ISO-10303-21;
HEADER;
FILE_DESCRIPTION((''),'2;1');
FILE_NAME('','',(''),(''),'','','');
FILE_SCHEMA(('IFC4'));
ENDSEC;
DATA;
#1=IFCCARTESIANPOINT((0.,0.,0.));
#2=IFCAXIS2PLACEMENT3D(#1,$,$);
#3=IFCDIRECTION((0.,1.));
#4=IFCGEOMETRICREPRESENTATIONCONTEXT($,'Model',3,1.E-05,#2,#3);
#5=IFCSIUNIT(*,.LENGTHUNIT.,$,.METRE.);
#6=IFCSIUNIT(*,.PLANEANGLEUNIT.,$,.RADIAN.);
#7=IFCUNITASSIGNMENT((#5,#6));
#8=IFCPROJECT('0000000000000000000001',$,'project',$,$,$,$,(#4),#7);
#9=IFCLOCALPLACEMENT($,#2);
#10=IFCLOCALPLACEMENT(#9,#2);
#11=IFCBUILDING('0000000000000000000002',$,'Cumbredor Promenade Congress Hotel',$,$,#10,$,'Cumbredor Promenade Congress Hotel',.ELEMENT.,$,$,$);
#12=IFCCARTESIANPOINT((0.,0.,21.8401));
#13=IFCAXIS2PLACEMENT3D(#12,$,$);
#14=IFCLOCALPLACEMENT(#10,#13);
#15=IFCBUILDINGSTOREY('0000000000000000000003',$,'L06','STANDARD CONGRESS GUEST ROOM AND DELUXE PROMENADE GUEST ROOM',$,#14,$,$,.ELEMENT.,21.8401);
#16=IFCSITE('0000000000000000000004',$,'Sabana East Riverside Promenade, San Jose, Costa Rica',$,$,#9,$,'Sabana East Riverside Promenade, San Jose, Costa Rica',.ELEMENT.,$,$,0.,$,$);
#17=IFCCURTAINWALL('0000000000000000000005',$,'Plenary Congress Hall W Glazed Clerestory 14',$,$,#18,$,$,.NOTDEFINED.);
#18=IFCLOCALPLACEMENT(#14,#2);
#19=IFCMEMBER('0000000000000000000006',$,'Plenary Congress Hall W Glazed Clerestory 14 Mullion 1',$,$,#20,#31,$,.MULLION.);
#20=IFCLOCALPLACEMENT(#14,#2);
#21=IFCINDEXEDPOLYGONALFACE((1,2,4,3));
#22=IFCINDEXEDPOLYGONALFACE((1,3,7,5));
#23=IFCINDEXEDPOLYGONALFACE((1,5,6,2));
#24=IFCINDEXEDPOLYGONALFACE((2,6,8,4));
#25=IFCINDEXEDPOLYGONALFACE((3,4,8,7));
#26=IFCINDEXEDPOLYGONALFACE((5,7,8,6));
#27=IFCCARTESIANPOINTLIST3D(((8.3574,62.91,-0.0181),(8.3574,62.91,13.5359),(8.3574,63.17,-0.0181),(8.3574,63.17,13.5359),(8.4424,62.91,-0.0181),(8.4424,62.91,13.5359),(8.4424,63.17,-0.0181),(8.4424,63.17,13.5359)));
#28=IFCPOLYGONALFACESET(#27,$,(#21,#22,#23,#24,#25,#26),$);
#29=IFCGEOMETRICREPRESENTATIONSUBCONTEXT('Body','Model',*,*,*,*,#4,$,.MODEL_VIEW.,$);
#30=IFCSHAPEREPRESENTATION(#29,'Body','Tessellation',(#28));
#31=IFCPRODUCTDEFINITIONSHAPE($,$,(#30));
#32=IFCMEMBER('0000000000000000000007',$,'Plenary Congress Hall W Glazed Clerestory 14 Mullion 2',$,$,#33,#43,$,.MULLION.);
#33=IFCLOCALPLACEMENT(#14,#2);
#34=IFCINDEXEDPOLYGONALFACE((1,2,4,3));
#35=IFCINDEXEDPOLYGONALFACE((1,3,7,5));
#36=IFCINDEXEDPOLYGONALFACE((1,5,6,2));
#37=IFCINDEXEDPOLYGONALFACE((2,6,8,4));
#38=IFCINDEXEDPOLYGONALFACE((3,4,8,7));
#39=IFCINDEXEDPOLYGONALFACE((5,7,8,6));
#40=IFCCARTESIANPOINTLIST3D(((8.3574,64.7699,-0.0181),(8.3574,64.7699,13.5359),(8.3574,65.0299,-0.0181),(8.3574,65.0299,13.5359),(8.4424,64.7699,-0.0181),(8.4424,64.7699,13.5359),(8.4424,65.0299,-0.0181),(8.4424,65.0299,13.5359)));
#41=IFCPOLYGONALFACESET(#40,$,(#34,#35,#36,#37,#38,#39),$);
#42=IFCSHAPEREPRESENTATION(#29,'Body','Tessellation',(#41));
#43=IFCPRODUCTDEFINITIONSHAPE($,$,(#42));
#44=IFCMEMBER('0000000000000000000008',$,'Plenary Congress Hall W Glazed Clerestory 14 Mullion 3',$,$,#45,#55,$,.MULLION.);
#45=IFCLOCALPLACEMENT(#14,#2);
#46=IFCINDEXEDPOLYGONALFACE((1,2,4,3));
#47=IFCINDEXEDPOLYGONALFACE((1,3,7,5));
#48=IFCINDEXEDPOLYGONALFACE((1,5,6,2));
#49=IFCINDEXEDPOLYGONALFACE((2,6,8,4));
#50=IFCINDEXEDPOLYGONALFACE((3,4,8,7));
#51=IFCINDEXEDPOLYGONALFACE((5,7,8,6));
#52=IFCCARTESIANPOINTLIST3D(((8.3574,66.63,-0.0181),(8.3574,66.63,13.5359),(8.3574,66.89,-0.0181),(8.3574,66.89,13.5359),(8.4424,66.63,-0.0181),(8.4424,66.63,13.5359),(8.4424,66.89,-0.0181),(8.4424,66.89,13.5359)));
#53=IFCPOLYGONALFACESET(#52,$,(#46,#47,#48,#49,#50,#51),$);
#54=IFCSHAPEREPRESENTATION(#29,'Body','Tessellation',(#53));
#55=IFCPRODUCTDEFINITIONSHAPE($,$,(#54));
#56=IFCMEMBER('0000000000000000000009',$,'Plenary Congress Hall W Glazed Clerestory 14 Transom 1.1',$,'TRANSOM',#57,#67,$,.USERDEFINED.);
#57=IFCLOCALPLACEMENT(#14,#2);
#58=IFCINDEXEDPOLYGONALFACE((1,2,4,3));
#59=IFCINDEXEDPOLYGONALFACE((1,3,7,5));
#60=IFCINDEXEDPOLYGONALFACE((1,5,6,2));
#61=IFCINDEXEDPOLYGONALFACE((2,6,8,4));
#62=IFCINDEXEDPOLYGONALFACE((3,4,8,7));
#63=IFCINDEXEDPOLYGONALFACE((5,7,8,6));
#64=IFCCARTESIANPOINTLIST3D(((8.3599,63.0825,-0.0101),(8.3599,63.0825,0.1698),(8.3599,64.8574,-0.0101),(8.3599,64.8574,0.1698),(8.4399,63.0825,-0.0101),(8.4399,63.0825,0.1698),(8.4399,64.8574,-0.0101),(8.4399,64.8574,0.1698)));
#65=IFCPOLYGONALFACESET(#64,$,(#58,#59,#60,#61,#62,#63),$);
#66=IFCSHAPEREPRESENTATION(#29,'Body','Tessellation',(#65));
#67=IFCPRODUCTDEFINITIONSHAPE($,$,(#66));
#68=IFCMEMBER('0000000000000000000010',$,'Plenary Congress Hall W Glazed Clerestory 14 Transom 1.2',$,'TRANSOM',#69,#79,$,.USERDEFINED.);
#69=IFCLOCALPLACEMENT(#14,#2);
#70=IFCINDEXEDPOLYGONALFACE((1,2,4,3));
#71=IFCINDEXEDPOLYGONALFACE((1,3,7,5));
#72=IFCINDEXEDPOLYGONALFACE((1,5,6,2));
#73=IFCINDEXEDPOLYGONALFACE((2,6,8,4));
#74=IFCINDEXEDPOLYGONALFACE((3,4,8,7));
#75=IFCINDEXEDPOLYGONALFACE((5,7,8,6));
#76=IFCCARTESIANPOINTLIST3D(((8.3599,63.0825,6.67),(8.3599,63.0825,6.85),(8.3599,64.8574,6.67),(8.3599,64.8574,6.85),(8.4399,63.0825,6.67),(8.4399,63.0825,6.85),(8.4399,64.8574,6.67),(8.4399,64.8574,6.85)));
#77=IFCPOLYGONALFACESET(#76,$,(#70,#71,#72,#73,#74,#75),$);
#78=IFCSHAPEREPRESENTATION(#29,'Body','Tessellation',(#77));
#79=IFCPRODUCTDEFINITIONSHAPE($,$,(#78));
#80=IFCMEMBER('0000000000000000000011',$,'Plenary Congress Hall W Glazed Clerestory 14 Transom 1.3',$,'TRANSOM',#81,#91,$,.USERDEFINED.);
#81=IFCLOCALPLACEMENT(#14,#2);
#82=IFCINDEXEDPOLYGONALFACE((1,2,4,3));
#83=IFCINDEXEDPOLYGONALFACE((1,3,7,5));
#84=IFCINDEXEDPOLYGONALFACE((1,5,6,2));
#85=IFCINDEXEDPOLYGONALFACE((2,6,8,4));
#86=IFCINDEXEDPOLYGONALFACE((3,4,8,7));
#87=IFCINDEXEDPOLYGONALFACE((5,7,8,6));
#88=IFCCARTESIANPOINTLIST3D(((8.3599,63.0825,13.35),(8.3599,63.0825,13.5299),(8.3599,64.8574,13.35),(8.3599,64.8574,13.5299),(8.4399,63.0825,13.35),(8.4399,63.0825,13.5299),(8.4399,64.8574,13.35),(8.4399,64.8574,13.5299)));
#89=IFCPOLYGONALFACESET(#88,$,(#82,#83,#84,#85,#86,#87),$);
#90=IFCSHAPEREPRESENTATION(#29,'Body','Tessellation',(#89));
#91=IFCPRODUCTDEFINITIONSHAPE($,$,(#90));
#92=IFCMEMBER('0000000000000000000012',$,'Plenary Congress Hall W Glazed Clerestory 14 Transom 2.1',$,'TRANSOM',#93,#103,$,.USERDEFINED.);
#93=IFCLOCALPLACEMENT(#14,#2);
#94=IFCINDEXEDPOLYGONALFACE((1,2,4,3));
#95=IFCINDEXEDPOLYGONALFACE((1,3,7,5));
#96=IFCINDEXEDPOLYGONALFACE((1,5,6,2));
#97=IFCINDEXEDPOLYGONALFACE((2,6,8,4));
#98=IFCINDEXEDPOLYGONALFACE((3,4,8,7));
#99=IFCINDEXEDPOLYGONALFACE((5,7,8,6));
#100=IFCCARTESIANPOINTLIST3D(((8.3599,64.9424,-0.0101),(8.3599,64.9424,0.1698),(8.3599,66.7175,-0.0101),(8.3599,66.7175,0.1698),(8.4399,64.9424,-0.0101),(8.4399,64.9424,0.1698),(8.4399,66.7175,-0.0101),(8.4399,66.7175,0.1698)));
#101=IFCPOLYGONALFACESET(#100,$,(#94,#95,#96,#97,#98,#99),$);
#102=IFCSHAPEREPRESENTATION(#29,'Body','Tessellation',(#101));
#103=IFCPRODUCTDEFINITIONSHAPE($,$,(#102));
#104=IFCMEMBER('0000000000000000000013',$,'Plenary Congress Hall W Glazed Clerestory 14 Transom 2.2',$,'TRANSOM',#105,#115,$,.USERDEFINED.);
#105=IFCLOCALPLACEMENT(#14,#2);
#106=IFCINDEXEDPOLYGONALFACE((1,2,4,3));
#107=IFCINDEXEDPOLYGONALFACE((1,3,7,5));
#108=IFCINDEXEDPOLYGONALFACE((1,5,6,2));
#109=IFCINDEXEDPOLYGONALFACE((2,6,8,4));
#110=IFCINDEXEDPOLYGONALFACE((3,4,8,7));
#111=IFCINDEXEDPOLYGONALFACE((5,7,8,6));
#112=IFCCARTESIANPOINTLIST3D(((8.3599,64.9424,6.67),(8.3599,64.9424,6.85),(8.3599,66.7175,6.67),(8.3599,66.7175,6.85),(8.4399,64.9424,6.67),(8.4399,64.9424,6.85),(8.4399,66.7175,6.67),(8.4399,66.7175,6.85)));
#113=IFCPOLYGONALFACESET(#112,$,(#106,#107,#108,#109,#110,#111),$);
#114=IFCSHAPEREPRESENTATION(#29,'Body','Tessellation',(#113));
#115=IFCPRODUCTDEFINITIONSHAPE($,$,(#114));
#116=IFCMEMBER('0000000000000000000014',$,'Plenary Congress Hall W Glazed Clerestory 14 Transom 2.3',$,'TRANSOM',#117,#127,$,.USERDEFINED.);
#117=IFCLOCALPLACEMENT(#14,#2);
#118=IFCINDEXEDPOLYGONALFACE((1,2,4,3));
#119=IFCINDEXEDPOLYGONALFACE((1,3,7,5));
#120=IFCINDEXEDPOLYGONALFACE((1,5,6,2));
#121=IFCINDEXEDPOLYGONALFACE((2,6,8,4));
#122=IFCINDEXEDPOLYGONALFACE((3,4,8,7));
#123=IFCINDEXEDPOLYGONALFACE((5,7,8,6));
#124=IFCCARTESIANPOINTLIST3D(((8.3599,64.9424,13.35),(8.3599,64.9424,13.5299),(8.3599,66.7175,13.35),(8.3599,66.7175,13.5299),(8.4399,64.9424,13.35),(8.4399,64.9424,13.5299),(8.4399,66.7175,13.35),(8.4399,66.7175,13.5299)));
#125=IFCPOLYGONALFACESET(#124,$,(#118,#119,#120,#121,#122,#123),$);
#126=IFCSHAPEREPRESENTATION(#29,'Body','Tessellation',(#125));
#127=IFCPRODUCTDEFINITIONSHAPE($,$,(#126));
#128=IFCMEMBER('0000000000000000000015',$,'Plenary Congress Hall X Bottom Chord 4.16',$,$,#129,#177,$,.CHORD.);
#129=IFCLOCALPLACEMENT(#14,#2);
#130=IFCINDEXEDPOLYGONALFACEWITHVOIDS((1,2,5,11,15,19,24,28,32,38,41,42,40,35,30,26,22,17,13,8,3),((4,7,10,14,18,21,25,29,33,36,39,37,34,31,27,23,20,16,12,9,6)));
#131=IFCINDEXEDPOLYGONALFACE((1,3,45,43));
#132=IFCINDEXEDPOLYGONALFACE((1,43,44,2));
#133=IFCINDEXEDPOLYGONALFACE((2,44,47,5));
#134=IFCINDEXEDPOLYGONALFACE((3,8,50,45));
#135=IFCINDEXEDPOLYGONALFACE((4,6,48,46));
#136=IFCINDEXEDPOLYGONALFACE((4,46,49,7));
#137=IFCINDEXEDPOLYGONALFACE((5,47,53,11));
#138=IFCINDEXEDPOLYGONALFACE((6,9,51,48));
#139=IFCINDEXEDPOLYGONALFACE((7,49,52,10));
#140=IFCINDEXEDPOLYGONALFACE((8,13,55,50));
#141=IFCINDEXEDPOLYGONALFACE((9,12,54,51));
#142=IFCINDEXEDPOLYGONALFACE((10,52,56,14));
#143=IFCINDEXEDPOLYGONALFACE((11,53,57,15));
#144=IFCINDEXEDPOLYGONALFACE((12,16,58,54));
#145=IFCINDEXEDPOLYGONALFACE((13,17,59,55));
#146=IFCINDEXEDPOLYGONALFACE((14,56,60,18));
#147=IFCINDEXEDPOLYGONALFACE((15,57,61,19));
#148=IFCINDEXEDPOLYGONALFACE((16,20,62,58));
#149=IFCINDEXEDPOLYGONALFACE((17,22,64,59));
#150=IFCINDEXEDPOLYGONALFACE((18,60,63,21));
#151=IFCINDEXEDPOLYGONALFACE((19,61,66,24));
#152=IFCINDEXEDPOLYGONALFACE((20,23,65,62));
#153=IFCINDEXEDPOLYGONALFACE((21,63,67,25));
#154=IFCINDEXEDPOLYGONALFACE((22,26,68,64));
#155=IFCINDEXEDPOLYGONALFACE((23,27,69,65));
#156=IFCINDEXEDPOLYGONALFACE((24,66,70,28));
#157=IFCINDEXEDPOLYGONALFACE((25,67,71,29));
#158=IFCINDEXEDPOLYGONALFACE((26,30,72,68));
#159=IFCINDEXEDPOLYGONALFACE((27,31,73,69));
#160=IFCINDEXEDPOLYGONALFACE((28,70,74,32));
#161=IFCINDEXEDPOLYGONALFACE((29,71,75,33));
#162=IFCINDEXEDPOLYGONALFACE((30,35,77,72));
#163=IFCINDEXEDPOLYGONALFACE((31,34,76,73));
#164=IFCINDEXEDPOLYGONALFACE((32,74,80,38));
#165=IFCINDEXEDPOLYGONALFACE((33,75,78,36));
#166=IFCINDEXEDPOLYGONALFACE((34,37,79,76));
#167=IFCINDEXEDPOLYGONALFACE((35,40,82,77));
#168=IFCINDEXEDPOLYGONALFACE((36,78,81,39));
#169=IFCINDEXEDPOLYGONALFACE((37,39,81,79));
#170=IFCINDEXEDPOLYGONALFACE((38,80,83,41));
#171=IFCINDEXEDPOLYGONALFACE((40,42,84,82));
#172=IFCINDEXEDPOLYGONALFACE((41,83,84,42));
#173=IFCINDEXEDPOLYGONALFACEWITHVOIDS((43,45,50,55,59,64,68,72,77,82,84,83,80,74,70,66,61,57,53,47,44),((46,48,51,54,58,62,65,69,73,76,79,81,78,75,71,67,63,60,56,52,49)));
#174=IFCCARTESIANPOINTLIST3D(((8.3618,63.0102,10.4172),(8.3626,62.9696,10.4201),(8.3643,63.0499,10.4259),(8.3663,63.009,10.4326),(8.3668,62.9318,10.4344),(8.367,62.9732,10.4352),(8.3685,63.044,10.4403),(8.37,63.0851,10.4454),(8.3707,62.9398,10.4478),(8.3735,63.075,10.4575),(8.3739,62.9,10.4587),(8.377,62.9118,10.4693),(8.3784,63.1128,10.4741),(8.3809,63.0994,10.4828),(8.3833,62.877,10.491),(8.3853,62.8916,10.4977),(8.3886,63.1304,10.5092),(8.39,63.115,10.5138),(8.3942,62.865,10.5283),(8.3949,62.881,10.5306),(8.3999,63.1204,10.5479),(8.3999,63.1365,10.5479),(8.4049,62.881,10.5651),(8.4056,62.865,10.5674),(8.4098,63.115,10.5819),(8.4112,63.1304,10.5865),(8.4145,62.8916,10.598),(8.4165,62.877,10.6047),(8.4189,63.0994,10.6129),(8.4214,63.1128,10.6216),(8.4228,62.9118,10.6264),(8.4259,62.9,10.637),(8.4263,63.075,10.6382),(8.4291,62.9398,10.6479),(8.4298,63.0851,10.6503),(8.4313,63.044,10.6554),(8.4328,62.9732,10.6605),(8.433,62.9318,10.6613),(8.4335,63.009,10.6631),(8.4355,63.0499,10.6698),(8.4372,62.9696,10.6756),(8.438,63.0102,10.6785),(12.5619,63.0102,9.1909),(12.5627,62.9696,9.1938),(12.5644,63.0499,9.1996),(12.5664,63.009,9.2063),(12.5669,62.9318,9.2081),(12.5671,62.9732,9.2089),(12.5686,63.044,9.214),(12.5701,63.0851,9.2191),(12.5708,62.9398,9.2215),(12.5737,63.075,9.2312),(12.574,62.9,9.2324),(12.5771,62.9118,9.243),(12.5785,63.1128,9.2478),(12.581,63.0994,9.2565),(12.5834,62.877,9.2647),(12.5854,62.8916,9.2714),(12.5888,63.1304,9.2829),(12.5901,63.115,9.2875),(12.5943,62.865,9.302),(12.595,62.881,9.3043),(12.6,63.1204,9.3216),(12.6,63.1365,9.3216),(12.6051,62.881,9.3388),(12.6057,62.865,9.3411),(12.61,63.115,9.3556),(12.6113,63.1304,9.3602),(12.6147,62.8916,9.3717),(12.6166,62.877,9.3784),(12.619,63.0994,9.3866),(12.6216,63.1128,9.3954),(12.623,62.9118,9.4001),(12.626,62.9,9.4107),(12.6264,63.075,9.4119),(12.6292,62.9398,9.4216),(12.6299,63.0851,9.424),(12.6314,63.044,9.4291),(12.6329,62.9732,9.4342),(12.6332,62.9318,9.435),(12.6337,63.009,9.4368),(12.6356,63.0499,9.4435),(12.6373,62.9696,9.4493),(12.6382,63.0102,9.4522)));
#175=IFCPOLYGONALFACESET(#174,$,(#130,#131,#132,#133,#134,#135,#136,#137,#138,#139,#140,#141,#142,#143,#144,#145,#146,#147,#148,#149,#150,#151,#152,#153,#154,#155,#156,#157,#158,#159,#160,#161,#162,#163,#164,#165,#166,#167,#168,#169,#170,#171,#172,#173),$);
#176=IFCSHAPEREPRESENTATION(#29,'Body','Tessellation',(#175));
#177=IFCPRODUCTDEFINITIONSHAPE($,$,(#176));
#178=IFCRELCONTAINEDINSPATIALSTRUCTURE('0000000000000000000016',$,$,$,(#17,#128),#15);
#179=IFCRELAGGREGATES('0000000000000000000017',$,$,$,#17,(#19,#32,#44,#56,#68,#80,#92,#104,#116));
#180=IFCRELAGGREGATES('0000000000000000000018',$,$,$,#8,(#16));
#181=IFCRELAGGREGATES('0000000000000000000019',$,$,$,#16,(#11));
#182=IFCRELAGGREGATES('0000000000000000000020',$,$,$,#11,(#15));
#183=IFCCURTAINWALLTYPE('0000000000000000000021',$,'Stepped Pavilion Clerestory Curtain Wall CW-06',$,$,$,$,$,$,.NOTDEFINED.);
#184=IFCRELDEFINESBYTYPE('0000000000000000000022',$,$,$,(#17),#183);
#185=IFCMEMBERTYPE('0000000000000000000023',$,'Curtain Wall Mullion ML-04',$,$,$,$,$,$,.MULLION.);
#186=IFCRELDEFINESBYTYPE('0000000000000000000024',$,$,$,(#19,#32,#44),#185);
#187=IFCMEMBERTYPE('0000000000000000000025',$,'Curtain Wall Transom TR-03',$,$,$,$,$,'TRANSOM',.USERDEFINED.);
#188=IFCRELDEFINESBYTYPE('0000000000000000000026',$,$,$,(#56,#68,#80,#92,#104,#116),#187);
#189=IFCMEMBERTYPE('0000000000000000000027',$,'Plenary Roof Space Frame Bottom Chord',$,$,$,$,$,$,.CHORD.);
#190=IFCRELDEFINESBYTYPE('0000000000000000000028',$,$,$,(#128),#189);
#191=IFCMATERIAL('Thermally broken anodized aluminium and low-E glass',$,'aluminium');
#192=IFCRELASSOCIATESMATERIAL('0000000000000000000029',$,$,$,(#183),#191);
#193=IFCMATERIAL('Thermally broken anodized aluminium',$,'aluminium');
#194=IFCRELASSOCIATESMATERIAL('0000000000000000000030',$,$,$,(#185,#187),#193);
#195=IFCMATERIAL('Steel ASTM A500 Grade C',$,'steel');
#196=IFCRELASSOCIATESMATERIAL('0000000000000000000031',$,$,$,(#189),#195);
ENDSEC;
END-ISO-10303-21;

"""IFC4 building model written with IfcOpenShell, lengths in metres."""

from ifc_helpers import new_model, si_unit, direction, frame, origin, origin_2d, place, context, subcontext, project, spatial, rectangle, hollow_circle, extrude, material, material_profile, profile_set, type_object, element, aggregate, save


model = new_model("IFC4")

# Units and contexts
model_context = context("Model", 3, precision=1e-05, world=origin(), true_north=direction((0.0, 1.0)))
body_context = subcontext(model_context, "Body", "Model", "MODEL_VIEW")
ifc_project = project(units=[si_unit("LENGTHUNIT", "METRE"), si_unit("PLANEANGLEUNIT", "RADIAN")], contexts=[model_context])

# Site, building, storey
site_placement = place(None, origin())
site = spatial("IfcSite", under=ifc_project, at=site_placement, Name="Sabana East Riverside Promenade, San Jose, Costa Rica", LongName="Sabana East Riverside Promenade, San Jose, Costa Rica", CompositionType="ELEMENT", RefElevation=0.0)
building_placement = place(site_placement, origin())
building = spatial("IfcBuilding", under=site, at=building_placement, Name="Cumbredor Promenade Congress Hotel", LongName="Cumbredor Promenade Congress Hotel", CompositionType="ELEMENT")
storey_placement = place(building_placement, frame((0.0, 0.0, 21.8401)))
storey = spatial("IfcBuildingStorey", under=building, at=storey_placement, Name="L06", Description="STANDARD CONGRESS GUEST ROOM AND DELUXE PROMENADE GUEST ROOM", CompositionType="ELEMENT", Elevation=21.8401)

# Curtain wall, members
ifc_material_1 = material(Name="Thermally broken anodized aluminium and low-E glass", Category="aluminium")
curtain_wall_type = type_object("IfcCurtainWallType", Name="Stepped Pavilion Clerestory Curtain Wall CW-06", PredefinedType="NOTDEFINED", material=ifc_material_1)
curtain_wall_placement = place(storey_placement, origin())
curtain_wall = element("IfcCurtainWall", 1, at=curtain_wall_placement, inside=storey, type_object=curtain_wall_type, Name="Plenary Congress Hall W Glazed Clerestory 14", PredefinedType="NOTDEFINED")
ifc_material_2 = material(Name="Thermally broken anodized aluminium", Category="aluminium")
ifc_material_profile_1 = material_profile(ifc_material_2, rectangle(XDim=0.085, YDim=0.26, at=origin_2d()), Name="ALU MULLION CLERESTORY 85x260")
ifc_profile_set_1 = profile_set([ifc_material_profile_1], Name="Thermally broken anodized aluminium")
member_type_1 = type_object("IfcMemberType", Name="Curtain Wall Mullion ML-04", PredefinedType="MULLION", material=ifc_profile_set_1)
member_1_placement = place(storey_placement, frame((8.3999, 63.04, -0.0181), z_axis=(0.0, 0.0, 1.0), x_axis=(1.0, 0.0, 0.0)))
member_1 = element("IfcMember", 2, at=member_1_placement, type_object=member_type_1, Name="Plenary Congress Hall W Glazed Clerestory 14 Mullion 1", PredefinedType="MULLION", context=body_context, shape_type="SweptSolid", body=[
    extrude(rectangle(XDim=0.085, YDim=0.26, at=origin_2d()), origin(), (0.0, 0.0, 1.0), 13.554),
])
member_2_placement = place(storey_placement, frame((8.3999, 64.8999, -0.0181), z_axis=(0.0, 0.0, 1.0), x_axis=(1.0, 0.0, 0.0)))
member_2 = element("IfcMember", 3, at=member_2_placement, type_object=member_type_1, Name="Plenary Congress Hall W Glazed Clerestory 14 Mullion 2", PredefinedType="MULLION", context=body_context, shape_type="SweptSolid", body=[
    extrude(rectangle(XDim=0.085, YDim=0.26, at=origin_2d()), origin(), (0.0, 0.0, 1.0), 13.554),
])
member_3_placement = place(storey_placement, frame((8.3999, 66.76, -0.0181), z_axis=(0.0, 0.0, 1.0), x_axis=(1.0, 0.0, 0.0)))
member_3 = element("IfcMember", 4, at=member_3_placement, type_object=member_type_1, Name="Plenary Congress Hall W Glazed Clerestory 14 Mullion 3", PredefinedType="MULLION", context=body_context, shape_type="SweptSolid", body=[
    extrude(rectangle(XDim=0.085, YDim=0.26, at=origin_2d()), origin(), (0.0, 0.0, 1.0), 13.554),
])
ifc_material_profile_2 = material_profile(ifc_material_2, rectangle(XDim=0.0801, YDim=0.1799, at=origin_2d()), Name="ALU TRANSOM 80x180")
ifc_profile_set_2 = profile_set([ifc_material_profile_2], Name="Thermally broken anodized aluminium")
member_type_2 = type_object("IfcMemberType", Name="Curtain Wall Transom TR-03", ElementType="TRANSOM", PredefinedType="USERDEFINED", material=ifc_profile_set_2)
member_4_placement = place(storey_placement, frame((8.3999, 63.0825, 0.0798), z_axis=(0.0, 1.0, 0.0), x_axis=(-1.0, 0.0, 0.0)))
member_4 = element("IfcMember", 5, at=member_4_placement, type_object=member_type_2, Name="Plenary Congress Hall W Glazed Clerestory 14 Transom 1.1", ObjectType="TRANSOM", PredefinedType="USERDEFINED", context=body_context, shape_type="SweptSolid", body=[
    extrude(rectangle(XDim=0.0801, YDim=0.1799, at=origin_2d()), origin(), (0.0, 0.0, 1.0), 1.7749),
])
member_5_placement = place(storey_placement, frame((8.3999, 63.0825, 6.76), z_axis=(0.0, 1.0, 0.0), x_axis=(-1.0, 0.0, 0.0)))
member_5 = element("IfcMember", 6, at=member_5_placement, type_object=member_type_2, Name="Plenary Congress Hall W Glazed Clerestory 14 Transom 1.2", ObjectType="TRANSOM", PredefinedType="USERDEFINED", context=body_context, shape_type="SweptSolid", body=[
    extrude(rectangle(XDim=0.0801, YDim=0.1799, at=origin_2d()), origin(), (0.0, 0.0, 1.0), 1.7749),
])
member_6_placement = place(storey_placement, frame((8.3999, 63.0825, 13.4399), z_axis=(0.0, 1.0, 0.0), x_axis=(-1.0, 0.0, 0.0)))
member_6 = element("IfcMember", 7, at=member_6_placement, type_object=member_type_2, Name="Plenary Congress Hall W Glazed Clerestory 14 Transom 1.3", ObjectType="TRANSOM", PredefinedType="USERDEFINED", context=body_context, shape_type="SweptSolid", body=[
    extrude(rectangle(XDim=0.0801, YDim=0.1799, at=origin_2d()), origin(), (0.0, 0.0, 1.0), 1.7749),
])
member_7_placement = place(storey_placement, frame((8.3999, 64.9424, 0.0798), z_axis=(0.0, 1.0, 0.0), x_axis=(-1.0, 0.0, 0.0)))
member_7 = element("IfcMember", 8, at=member_7_placement, type_object=member_type_2, Name="Plenary Congress Hall W Glazed Clerestory 14 Transom 2.1", ObjectType="TRANSOM", PredefinedType="USERDEFINED", context=body_context, shape_type="SweptSolid", body=[
    extrude(rectangle(XDim=0.0801, YDim=0.1799, at=origin_2d()), origin(), (0.0, 0.0, 1.0), 1.7751),
])
member_8_placement = place(storey_placement, frame((8.3999, 64.9424, 6.76), z_axis=(0.0, 1.0, 0.0), x_axis=(-1.0, 0.0, 0.0)))
member_8 = element("IfcMember", 9, at=member_8_placement, type_object=member_type_2, Name="Plenary Congress Hall W Glazed Clerestory 14 Transom 2.2", ObjectType="TRANSOM", PredefinedType="USERDEFINED", context=body_context, shape_type="SweptSolid", body=[
    extrude(rectangle(XDim=0.0801, YDim=0.1799, at=origin_2d()), origin(), (0.0, 0.0, 1.0), 1.7751),
])
member_9_placement = place(storey_placement, frame((8.3999, 64.9424, 13.4399), z_axis=(0.0, 1.0, 0.0), x_axis=(-1.0, 0.0, 0.0)))
member_9 = element("IfcMember", 10, at=member_9_placement, type_object=member_type_2, Name="Plenary Congress Hall W Glazed Clerestory 14 Transom 2.3", ObjectType="TRANSOM", PredefinedType="USERDEFINED", context=body_context, shape_type="SweptSolid", body=[
    extrude(rectangle(XDim=0.0801, YDim=0.1799, at=origin_2d()), origin(), (0.0, 0.0, 1.0), 1.7751),
])

# Member
ifc_material_3 = material(Name="Steel ASTM A500 Grade C", Category="steel")
ifc_material_profile_3 = material_profile(ifc_material_3, hollow_circle(Radius=0.1365, WallThickness=0.0161, at=origin_2d()), Name="CHS 273.0x16")
ifc_profile_set_3 = profile_set([ifc_material_profile_3], Name="Steel ASTM A500 Grade C")
member_type_3 = type_object("IfcMemberType", Name="Plenary Roof Space Frame Bottom Chord", PredefinedType="CHORD", material=ifc_profile_set_3)
member_10_placement = place(storey_placement, frame((8.3999, 63.0, 10.5479), z_axis=(0.959922, 0.0, -0.280266), x_axis=(0.0, 1.0, 0.0)))
element("IfcMember", 11, at=member_10_placement, inside=storey, type_object=member_type_3, Name="Plenary Congress Hall X Bottom Chord 4.16", PredefinedType="CHORD", context=body_context, shape_type="SweptSolid", body=[
    extrude(hollow_circle(Radius=0.1365, WallThickness=0.0161, at=origin_2d()), origin(), (0.0, 0.0, 1.0), 4.3755),
])

aggregate(curtain_wall, [member_1, member_2, member_3, member_4, member_5, member_6, member_7, member_8, member_9])

save(model, "model.ifc")
